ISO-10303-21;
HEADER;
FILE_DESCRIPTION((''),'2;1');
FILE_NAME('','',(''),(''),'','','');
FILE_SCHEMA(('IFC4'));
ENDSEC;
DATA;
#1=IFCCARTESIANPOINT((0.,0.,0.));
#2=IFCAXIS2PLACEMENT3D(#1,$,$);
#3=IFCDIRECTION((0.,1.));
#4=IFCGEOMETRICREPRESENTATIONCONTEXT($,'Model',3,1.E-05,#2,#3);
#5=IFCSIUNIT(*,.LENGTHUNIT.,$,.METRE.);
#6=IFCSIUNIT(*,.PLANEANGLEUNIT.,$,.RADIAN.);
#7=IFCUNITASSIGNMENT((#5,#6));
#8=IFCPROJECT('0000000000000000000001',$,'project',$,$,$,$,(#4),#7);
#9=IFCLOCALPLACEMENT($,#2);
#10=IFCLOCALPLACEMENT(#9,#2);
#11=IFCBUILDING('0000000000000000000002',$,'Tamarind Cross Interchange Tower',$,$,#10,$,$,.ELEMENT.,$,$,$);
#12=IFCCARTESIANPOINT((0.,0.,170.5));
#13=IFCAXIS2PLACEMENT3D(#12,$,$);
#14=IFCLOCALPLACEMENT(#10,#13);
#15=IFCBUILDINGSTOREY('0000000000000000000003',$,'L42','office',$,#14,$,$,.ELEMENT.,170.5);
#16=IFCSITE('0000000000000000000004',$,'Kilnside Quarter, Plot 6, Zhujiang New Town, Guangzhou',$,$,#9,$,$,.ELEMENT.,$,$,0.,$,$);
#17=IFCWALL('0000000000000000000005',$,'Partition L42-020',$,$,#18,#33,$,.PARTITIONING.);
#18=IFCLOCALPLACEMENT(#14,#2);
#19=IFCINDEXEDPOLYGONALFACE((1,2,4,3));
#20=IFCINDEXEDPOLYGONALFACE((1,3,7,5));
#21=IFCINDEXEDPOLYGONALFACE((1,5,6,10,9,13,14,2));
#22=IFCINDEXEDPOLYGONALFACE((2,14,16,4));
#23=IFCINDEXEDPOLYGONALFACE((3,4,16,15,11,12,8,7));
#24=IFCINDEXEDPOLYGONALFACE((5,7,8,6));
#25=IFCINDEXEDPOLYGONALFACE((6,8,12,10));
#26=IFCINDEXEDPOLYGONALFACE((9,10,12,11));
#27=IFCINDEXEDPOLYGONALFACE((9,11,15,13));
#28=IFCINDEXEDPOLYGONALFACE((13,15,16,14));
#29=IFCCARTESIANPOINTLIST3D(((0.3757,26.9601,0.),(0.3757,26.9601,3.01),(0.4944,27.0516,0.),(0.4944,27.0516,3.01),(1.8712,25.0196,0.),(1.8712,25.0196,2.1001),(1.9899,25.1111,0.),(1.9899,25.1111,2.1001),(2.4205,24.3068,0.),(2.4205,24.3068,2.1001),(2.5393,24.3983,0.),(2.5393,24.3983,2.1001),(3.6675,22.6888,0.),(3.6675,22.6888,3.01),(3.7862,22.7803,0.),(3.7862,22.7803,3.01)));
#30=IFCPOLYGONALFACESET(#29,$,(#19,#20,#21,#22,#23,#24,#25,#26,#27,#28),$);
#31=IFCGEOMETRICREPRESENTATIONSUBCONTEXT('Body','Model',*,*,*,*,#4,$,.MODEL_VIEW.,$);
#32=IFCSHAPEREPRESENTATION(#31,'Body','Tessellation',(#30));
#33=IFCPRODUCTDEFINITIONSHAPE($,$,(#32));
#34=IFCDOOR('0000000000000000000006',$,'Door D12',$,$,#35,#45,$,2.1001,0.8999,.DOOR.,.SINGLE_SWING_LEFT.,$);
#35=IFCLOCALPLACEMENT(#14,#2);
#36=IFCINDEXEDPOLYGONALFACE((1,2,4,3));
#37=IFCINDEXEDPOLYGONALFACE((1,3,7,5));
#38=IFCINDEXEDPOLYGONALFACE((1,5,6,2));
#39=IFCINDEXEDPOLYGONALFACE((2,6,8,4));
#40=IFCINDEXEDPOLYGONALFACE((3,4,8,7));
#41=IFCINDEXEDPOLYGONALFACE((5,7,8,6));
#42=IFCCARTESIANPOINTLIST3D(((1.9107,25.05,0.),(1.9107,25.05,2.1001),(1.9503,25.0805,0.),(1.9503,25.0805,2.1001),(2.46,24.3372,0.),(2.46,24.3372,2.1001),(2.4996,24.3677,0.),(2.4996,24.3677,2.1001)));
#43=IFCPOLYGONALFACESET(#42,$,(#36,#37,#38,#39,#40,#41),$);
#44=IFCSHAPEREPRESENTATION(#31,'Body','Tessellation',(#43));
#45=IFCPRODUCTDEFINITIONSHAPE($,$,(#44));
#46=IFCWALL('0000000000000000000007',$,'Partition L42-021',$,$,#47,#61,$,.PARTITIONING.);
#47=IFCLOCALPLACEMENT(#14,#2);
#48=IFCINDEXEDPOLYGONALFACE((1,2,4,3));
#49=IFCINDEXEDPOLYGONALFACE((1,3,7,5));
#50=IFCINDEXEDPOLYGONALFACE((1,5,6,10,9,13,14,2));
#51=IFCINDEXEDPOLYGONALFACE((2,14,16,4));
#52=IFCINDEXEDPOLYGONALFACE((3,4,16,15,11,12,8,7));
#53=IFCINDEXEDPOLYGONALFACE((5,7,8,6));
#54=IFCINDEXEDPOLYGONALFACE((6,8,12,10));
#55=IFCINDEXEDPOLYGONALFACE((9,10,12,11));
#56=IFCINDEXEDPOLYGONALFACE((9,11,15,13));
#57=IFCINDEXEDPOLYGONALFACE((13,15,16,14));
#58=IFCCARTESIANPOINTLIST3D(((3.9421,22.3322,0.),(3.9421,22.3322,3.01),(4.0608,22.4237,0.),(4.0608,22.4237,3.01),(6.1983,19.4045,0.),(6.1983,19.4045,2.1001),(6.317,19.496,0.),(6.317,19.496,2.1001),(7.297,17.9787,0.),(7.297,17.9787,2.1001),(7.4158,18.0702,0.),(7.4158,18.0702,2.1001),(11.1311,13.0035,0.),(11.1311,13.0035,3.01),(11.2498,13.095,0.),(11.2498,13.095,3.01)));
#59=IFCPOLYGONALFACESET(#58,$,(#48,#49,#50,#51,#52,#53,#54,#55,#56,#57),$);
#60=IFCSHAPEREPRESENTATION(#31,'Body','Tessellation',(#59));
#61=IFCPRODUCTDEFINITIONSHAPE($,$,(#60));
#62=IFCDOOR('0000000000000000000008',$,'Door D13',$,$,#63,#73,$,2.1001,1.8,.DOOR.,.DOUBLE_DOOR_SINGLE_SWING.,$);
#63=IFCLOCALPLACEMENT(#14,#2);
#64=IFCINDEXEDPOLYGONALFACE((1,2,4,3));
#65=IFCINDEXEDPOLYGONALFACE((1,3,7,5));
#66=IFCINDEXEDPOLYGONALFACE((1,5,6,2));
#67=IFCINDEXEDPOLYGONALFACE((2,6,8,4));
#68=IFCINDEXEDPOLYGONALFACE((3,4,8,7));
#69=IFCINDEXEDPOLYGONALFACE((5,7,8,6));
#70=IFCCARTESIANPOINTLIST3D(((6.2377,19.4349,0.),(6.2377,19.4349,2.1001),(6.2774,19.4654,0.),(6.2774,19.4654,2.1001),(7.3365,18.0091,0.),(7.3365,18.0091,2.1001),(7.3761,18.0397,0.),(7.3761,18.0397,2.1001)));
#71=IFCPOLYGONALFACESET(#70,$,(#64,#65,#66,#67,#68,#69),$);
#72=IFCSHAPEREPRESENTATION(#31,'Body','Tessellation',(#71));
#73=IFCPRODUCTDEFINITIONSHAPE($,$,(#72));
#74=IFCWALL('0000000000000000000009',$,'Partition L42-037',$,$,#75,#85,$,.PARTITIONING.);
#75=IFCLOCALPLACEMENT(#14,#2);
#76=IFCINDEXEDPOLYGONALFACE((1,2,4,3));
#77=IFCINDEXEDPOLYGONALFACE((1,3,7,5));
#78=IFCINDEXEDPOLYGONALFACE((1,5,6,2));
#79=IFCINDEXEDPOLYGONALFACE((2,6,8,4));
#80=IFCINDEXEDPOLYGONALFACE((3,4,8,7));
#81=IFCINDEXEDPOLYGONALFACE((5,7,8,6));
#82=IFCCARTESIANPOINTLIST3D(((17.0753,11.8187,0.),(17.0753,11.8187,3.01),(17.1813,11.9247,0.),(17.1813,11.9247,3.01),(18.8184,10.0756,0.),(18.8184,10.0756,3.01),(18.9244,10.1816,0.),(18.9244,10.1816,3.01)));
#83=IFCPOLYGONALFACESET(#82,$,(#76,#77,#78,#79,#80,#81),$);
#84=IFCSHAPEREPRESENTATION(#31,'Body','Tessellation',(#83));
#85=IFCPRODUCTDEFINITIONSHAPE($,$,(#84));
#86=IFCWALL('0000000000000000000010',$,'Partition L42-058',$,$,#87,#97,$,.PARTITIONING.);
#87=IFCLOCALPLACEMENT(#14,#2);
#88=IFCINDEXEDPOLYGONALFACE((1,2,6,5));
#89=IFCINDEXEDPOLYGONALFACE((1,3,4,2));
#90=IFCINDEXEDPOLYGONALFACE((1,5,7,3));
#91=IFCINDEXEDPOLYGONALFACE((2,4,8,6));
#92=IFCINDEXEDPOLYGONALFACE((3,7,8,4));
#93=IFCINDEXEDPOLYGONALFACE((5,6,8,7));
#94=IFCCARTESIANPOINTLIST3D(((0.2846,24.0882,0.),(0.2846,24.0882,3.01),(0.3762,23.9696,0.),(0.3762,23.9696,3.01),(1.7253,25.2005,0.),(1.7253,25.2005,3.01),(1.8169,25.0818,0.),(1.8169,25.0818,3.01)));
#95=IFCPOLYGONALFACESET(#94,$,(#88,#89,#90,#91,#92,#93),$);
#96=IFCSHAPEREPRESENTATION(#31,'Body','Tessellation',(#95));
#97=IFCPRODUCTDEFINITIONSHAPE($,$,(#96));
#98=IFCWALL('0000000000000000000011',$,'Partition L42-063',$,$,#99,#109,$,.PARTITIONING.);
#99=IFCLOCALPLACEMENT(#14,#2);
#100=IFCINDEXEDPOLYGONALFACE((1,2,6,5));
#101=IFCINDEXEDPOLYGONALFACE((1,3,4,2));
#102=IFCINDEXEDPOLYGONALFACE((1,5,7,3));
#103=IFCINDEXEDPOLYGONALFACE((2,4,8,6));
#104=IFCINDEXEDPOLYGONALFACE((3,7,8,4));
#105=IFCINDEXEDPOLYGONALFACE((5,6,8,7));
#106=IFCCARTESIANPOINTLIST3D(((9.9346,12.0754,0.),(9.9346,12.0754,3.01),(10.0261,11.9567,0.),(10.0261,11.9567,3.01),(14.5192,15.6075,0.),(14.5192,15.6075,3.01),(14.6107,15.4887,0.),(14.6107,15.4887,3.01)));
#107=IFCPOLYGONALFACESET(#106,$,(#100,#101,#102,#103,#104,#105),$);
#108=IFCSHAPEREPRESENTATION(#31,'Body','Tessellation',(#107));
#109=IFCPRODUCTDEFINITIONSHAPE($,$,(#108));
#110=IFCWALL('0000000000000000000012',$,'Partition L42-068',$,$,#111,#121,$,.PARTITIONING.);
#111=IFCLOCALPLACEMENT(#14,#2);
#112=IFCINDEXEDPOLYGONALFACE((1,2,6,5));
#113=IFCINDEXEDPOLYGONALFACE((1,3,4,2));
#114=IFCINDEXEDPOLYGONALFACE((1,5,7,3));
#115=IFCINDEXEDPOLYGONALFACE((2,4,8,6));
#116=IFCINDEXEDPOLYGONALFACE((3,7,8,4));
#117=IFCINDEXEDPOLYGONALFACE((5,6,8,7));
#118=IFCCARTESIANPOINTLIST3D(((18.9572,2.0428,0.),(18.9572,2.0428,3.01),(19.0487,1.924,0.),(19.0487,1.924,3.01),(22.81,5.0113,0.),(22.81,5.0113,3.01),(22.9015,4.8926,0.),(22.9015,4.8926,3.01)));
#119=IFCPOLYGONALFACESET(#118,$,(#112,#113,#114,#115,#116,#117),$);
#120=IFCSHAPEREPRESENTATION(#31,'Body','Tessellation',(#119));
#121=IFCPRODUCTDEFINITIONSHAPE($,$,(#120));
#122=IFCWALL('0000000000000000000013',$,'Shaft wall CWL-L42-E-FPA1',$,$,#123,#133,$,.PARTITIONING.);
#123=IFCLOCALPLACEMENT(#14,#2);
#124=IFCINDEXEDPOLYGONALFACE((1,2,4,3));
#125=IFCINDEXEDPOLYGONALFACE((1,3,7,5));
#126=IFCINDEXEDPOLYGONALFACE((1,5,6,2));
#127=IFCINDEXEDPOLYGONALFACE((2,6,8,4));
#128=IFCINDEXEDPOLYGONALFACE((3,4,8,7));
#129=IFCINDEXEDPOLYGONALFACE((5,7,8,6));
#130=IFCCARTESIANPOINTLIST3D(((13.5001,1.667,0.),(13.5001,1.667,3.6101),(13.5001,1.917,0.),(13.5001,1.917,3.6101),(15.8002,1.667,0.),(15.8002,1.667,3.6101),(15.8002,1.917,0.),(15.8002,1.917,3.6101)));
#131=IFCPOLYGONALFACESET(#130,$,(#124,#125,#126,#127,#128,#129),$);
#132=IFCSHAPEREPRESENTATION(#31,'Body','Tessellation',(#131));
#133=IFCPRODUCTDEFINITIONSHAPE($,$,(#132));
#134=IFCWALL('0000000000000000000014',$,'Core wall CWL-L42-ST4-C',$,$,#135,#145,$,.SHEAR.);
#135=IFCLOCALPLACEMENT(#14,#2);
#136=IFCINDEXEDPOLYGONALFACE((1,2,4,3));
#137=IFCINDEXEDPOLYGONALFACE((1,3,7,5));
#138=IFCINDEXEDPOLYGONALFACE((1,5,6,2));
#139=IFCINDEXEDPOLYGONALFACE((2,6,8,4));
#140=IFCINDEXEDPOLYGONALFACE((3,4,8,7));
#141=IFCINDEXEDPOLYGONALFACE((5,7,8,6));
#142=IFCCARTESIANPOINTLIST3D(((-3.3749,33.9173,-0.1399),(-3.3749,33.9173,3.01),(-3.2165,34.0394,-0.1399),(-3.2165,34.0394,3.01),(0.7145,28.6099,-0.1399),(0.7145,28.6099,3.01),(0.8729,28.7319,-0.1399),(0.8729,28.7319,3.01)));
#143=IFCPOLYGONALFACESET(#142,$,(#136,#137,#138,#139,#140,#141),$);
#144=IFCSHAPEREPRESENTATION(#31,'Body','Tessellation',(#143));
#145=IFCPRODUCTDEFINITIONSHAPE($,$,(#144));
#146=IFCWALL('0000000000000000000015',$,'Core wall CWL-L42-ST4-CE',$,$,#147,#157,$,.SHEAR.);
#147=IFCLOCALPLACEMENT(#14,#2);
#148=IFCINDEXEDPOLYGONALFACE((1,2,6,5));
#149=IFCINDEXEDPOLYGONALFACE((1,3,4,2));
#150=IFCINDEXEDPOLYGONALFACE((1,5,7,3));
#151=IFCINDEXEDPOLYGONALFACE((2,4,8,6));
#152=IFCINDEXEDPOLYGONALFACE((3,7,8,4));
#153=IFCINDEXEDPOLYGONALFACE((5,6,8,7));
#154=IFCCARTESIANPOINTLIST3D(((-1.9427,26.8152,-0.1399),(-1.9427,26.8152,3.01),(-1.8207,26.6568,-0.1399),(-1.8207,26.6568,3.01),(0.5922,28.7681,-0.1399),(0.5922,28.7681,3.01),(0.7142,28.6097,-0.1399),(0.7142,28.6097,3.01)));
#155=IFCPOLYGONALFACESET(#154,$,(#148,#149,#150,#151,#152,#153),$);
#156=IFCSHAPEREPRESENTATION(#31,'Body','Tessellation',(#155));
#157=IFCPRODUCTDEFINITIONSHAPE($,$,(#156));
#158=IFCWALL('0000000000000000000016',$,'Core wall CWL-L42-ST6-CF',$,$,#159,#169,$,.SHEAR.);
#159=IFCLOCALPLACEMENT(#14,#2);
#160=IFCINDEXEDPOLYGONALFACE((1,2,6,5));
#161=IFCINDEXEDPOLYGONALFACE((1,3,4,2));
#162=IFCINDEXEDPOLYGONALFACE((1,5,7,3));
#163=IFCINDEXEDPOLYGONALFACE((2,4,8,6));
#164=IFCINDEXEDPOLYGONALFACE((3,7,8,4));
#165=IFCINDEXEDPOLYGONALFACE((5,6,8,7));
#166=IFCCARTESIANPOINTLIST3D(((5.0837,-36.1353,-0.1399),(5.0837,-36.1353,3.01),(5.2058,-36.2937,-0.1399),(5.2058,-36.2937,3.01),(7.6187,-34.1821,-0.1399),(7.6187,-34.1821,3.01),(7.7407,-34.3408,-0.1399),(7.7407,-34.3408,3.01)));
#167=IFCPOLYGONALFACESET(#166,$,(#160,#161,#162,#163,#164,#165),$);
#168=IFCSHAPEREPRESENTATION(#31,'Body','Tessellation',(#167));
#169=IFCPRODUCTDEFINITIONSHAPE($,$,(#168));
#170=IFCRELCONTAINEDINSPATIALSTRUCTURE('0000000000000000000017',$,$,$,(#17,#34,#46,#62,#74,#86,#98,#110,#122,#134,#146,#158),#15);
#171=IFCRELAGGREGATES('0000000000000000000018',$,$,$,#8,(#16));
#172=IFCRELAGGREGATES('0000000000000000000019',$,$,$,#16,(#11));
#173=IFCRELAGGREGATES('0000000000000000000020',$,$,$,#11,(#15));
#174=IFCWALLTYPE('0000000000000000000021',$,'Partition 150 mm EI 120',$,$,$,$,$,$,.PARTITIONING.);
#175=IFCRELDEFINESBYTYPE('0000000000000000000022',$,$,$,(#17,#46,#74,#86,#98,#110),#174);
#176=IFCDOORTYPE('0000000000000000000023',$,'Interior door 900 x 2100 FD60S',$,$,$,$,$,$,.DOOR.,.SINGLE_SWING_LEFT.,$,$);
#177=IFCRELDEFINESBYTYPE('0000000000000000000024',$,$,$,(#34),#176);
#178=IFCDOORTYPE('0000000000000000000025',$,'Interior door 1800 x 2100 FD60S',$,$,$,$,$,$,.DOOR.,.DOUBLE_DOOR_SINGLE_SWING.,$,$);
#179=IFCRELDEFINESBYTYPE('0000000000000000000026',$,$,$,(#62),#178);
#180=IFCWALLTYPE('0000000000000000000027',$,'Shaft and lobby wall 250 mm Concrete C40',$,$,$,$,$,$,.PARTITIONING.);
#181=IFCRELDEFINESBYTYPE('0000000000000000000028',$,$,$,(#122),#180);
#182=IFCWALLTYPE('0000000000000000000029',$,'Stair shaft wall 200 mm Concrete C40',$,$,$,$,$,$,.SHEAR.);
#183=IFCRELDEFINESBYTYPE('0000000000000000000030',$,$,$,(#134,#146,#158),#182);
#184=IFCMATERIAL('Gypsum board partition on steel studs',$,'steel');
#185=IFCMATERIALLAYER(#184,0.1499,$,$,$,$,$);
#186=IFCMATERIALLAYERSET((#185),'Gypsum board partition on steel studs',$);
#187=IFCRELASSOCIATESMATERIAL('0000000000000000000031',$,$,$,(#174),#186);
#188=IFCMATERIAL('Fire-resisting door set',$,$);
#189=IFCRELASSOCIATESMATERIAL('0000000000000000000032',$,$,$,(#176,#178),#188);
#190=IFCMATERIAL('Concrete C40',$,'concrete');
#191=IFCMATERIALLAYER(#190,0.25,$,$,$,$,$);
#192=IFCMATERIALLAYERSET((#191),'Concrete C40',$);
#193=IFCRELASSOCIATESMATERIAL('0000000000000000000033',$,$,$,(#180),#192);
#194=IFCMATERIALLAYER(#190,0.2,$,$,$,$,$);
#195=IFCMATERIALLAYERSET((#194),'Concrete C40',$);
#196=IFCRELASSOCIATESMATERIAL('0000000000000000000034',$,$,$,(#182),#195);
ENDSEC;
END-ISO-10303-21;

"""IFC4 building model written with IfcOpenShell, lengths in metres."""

from ifc_helpers import new_model, si_unit, direction, frame, frame_2d, origin, place, context, subcontext, project, spatial, polyline, rectangle, outline, extrude, material, layer, layer_set, type_object, element, fill, save


model = new_model("IFC4")

# Units and contexts
model_context = context("Model", 3, precision=1e-05, world=origin(), true_north=direction((0.0, 1.0)))
body_context = subcontext(model_context, "Body", "Model", "MODEL_VIEW")
ifc_project = project(units=[si_unit("LENGTHUNIT", "METRE"), si_unit("PLANEANGLEUNIT", "RADIAN")], contexts=[model_context])

# Site, building, storey
site_placement = place(None, origin())
site = spatial("IfcSite", under=ifc_project, at=site_placement, Name="Kilnside Quarter, Plot 6, Zhujiang New Town, Guangzhou", CompositionType="ELEMENT", RefElevation=0.0)
building_placement = place(site_placement, origin())
building = spatial("IfcBuilding", under=site, at=building_placement, Name="Tamarind Cross Interchange Tower", CompositionType="ELEMENT")
storey_placement = place(building_placement, frame((0.0, 0.0, 170.5)))
storey = spatial("IfcBuildingStorey", under=building, at=storey_placement, Name="L42", Description="office", CompositionType="ELEMENT", Elevation=170.5)

# Shared definitions
ifc_material_1 = material(Name="Concrete C40", Category="concrete")

# Shared definitions
ifc_material_2 = material(Name="Gypsum board partition on steel studs", Category="steel")

# Walls, openings, doors
ifc_layer_1 = layer(ifc_material_2, 0.1499)
ifc_layer_set_1 = layer_set([ifc_layer_1], Name="Gypsum board partition on steel studs")
wall_type_1 = type_object("IfcWallType", Name="Partition 150 mm EI 120", PredefinedType="PARTITIONING", material=ifc_layer_set_1)
wall_1_placement = place(storey_placement, frame((0.4351, 27.0059, 0.0), z_axis=(0.0, 0.0, 1.0), x_axis=(0.61043, -0.79207, 0.0)))
wall_1 = element("IfcWall", 1, at=wall_1_placement, inside=storey, type_object=wall_type_1, Name="Partition L42-020", PredefinedType="PARTITIONING", context=body_context, shape_type="SweptSolid", body=[
    extrude(rectangle(XDim=5.3926, YDim=0.1499, at=frame_2d((2.6963, 0.0))), origin(), (0.0, 0.0, 1.0), 3.01),
])
opening_1_placement = place(wall_1_placement, frame((2.45, 0.0, 0.0)))
opening_1 = element("IfcOpeningElement", 2, at=opening_1_placement, cuts=wall_1, PredefinedType="OPENING", context=body_context, shape_type="SweptSolid", body=[
    extrude(rectangle(XDim=0.8999, YDim=2.1001, at=frame_2d((0.45, 1.05))), frame((0.0, 0.085, 0.0), z_axis=(0.0, -1.0, 0.0), x_axis=(1.0, 0.0, 0.0)), (0.0, 0.0, 1.0), 0.1699),
])
ifc_material_3 = material(Name="Fire-resisting door set")
door_type_1 = type_object("IfcDoorType", Name="Interior door 900 x 2100 FD60S", OperationType="SINGLE_SWING_LEFT", PredefinedType="DOOR", material=ifc_material_3)
door_1_placement = place(opening_1_placement, origin())
door_1 = element("IfcDoor", 3, at=door_1_placement, inside=storey, type_object=door_type_1, Name="Door D12", OperationType="SINGLE_SWING_LEFT", OverallHeight=2.1001, OverallWidth=0.8999, PredefinedType="DOOR", context=body_context, shape_type="SweptSolid", body=[
    extrude(rectangle(XDim=0.8999, YDim=2.1001, at=frame_2d((0.45, 1.05))), frame((0.0, 0.0249, 0.0), z_axis=(0.0, -1.0, 0.0), x_axis=(1.0, 0.0, 0.0)), (0.0, 0.0, 1.0), 0.05),
])
fill(opening_1, door_1)
wall_2_placement = place(storey_placement, frame((4.0015, 22.3779, 0.0), z_axis=(0.0, 0.0, 1.0), x_axis=(0.61041, -0.792086, 0.0)))
wall_2 = element("IfcWall", 4, at=wall_2_placement, inside=storey, type_object=wall_type_1, Name="Partition L42-021", PredefinedType="PARTITIONING", context=body_context, shape_type="SweptSolid", body=[
    extrude(rectangle(XDim=11.7773, YDim=0.1499, at=frame_2d((5.8887, 0.0))), origin(), (0.0, 0.0, 1.0), 3.01),
])
opening_2_placement = place(wall_2_placement, frame((3.6963, 0.0, 0.0)))
opening_2 = element("IfcOpeningElement", 5, at=opening_2_placement, cuts=wall_2, PredefinedType="OPENING", context=body_context, shape_type="SweptSolid", body=[
    extrude(rectangle(XDim=1.8, YDim=2.1001, at=frame_2d((0.8999, 1.05))), frame((0.0, 0.085, 0.0), z_axis=(0.0, -1.0, 0.0), x_axis=(1.0, 0.0, 0.0)), (0.0, 0.0, 1.0), 0.1699),
])
door_type_2 = type_object("IfcDoorType", Name="Interior door 1800 x 2100 FD60S", OperationType="DOUBLE_DOOR_SINGLE_SWING", PredefinedType="DOOR", material=ifc_material_3)
door_2_placement = place(opening_2_placement, origin())
door_2 = element("IfcDoor", 6, at=door_2_placement, inside=storey, type_object=door_type_2, Name="Door D13", OperationType="DOUBLE_DOOR_SINGLE_SWING", OverallHeight=2.1001, OverallWidth=1.8, PredefinedType="DOOR", context=body_context, shape_type="SweptSolid", body=[
    extrude(rectangle(XDim=1.8, YDim=2.1001, at=frame_2d((0.8999, 1.05))), frame((0.0, 0.0249, 0.0), z_axis=(0.0, -1.0, 0.0), x_axis=(1.0, 0.0, 0.0)), (0.0, 0.0, 1.0), 0.05),
])
fill(opening_2, door_2)

# Walls
wall_3_placement = place(storey_placement, frame((17.1284, 11.8716, 0.0), z_axis=(0.0, 0.0, 1.0), x_axis=(0.707107, -0.707107, 0.0)))
element("IfcWall", 7, at=wall_3_placement, inside=storey, type_object=wall_type_1, Name="Partition L42-037", PredefinedType="PARTITIONING", context=body_context, shape_type="SweptSolid", body=[
    extrude(rectangle(XDim=2.4651, YDim=0.1499, at=frame_2d((1.2324, 0.0))), origin(), (0.0, 0.0, 1.0), 3.01),
])
wall_4_placement = place(storey_placement, frame((0.3303, 24.0288, 0.0), z_axis=(0.0, 0.0, 1.0), x_axis=(0.791536, 0.611123, 0.0)))
element("IfcWall", 8, at=wall_4_placement, inside=storey, type_object=wall_type_1, Name="Partition L42-058", PredefinedType="PARTITIONING", context=body_context, shape_type="SweptSolid", body=[
    extrude(rectangle(XDim=1.8201, YDim=0.1499, at=frame_2d((0.9102, 0.0))), origin(), (0.0, 0.0, 1.0), 3.01),
])
wall_5_placement = place(storey_placement, frame((9.9805, 12.0161, 0.0), z_axis=(0.0, 0.0, 1.0), x_axis=(0.792167, 0.610304, 0.0)))
element("IfcWall", 9, at=wall_5_placement, inside=storey, type_object=wall_type_1, Name="Partition L42-063", PredefinedType="PARTITIONING", context=body_context, shape_type="SweptSolid", body=[
    extrude(rectangle(XDim=5.7874, YDim=0.1499, at=frame_2d((2.8936, 0.0))), origin(), (0.0, 0.0, 1.0), 3.01),
])
wall_6_placement = place(storey_placement, frame((19.0029, 1.9834, 0.0), z_axis=(0.0, 0.0, 1.0), x_axis=(0.792144, 0.610334, 0.0)))
element("IfcWall", 10, at=wall_6_placement, inside=storey, type_object=wall_type_1, Name="Partition L42-068", PredefinedType="PARTITIONING", context=body_context, shape_type="SweptSolid", body=[
    extrude(rectangle(XDim=4.8638, YDim=0.1499, at=frame_2d((2.4319, 0.0))), origin(), (0.0, 0.0, 1.0), 3.01),
])
ifc_layer_2 = layer(ifc_material_1, 0.25)
ifc_layer_set_2 = layer_set([ifc_layer_2], Name="Concrete C40")
wall_type_2 = type_object("IfcWallType", Name="Shaft and lobby wall 250 mm Concrete C40", PredefinedType="PARTITIONING", material=ifc_layer_set_2)
wall_7_placement = place(storey_placement, frame((15.8, 1.792, 0.0), z_axis=(0.0, 0.0, 1.0), x_axis=(-1.0, 0.0, 0.0)))
element("IfcWall", 11, at=wall_7_placement, inside=storey, type_object=wall_type_2, Name="Shaft wall CWL-L42-E-FPA1", PredefinedType="PARTITIONING", context=body_context, shape_type="SweptSolid", body=[
    extrude(rectangle(XDim=2.3, YDim=0.25, at=frame_2d((1.1499, 0.0))), origin(), (0.0, 0.0, 1.0), 3.6101),
])
ifc_layer_3 = layer(ifc_material_1, 0.2)
ifc_layer_set_3 = layer_set([ifc_layer_3], Name="Concrete C40")
wall_type_3 = type_object("IfcWallType", Name="Stair shaft wall 200 mm Concrete C40", PredefinedType="SHEAR", material=ifc_layer_set_3)
wall_8_placement = place(storey_placement, frame((0.7937, 28.6709, -0.1399), z_axis=(0.0, 0.0, 1.0), x_axis=(-0.610345, 0.792136, 0.0)))
element("IfcWall", 12, at=wall_8_placement, inside=storey, type_object=wall_type_3, Name="Core wall CWL-L42-ST4-C", PredefinedType="SHEAR", context=body_context, shape_type="SweptSolid", body=[
    extrude(rectangle(XDim=6.7002, YDim=0.2, at=frame_2d((3.3501, 0.0))), origin(), (0.0, 0.0, 1.0), 3.1499),
])
wall_9_placement = place(storey_placement, frame((0.6533, 28.689, -0.1399), z_axis=(0.0, 0.0, 1.0), x_axis=(-0.792178, -0.610289, 0.0)))
element("IfcWall", 13, at=wall_9_placement, inside=storey, type_object=wall_type_3, Name="Core wall CWL-L42-ST4-CE", PredefinedType="SHEAR", context=body_context, shape_type="SweptSolid", body=[
    extrude(rectangle(XDim=3.2, YDim=0.2, at=frame_2d((1.6001, 0.0))), origin(), (0.0, 0.0, 1.0), 3.1499),
])
wall_10_placement = place(storey_placement, frame((0.0, 0.0, -0.1399)))
element("IfcWall", 14, at=wall_10_placement, inside=storey, type_object=wall_type_3, Name="Core wall CWL-L42-ST6-CF", PredefinedType="SHEAR", context=body_context, shape_type="SweptSolid", body=[
    extrude(outline(polyline([(5.0837, -36.1353), (5.2058, -36.2937), (7.7407, -34.3408), (7.6187, -34.1821), (5.0837, -36.1353)])), origin(), (0.0, 0.0, 1.0), 3.1499),
])

save(model, "model.ifc")
